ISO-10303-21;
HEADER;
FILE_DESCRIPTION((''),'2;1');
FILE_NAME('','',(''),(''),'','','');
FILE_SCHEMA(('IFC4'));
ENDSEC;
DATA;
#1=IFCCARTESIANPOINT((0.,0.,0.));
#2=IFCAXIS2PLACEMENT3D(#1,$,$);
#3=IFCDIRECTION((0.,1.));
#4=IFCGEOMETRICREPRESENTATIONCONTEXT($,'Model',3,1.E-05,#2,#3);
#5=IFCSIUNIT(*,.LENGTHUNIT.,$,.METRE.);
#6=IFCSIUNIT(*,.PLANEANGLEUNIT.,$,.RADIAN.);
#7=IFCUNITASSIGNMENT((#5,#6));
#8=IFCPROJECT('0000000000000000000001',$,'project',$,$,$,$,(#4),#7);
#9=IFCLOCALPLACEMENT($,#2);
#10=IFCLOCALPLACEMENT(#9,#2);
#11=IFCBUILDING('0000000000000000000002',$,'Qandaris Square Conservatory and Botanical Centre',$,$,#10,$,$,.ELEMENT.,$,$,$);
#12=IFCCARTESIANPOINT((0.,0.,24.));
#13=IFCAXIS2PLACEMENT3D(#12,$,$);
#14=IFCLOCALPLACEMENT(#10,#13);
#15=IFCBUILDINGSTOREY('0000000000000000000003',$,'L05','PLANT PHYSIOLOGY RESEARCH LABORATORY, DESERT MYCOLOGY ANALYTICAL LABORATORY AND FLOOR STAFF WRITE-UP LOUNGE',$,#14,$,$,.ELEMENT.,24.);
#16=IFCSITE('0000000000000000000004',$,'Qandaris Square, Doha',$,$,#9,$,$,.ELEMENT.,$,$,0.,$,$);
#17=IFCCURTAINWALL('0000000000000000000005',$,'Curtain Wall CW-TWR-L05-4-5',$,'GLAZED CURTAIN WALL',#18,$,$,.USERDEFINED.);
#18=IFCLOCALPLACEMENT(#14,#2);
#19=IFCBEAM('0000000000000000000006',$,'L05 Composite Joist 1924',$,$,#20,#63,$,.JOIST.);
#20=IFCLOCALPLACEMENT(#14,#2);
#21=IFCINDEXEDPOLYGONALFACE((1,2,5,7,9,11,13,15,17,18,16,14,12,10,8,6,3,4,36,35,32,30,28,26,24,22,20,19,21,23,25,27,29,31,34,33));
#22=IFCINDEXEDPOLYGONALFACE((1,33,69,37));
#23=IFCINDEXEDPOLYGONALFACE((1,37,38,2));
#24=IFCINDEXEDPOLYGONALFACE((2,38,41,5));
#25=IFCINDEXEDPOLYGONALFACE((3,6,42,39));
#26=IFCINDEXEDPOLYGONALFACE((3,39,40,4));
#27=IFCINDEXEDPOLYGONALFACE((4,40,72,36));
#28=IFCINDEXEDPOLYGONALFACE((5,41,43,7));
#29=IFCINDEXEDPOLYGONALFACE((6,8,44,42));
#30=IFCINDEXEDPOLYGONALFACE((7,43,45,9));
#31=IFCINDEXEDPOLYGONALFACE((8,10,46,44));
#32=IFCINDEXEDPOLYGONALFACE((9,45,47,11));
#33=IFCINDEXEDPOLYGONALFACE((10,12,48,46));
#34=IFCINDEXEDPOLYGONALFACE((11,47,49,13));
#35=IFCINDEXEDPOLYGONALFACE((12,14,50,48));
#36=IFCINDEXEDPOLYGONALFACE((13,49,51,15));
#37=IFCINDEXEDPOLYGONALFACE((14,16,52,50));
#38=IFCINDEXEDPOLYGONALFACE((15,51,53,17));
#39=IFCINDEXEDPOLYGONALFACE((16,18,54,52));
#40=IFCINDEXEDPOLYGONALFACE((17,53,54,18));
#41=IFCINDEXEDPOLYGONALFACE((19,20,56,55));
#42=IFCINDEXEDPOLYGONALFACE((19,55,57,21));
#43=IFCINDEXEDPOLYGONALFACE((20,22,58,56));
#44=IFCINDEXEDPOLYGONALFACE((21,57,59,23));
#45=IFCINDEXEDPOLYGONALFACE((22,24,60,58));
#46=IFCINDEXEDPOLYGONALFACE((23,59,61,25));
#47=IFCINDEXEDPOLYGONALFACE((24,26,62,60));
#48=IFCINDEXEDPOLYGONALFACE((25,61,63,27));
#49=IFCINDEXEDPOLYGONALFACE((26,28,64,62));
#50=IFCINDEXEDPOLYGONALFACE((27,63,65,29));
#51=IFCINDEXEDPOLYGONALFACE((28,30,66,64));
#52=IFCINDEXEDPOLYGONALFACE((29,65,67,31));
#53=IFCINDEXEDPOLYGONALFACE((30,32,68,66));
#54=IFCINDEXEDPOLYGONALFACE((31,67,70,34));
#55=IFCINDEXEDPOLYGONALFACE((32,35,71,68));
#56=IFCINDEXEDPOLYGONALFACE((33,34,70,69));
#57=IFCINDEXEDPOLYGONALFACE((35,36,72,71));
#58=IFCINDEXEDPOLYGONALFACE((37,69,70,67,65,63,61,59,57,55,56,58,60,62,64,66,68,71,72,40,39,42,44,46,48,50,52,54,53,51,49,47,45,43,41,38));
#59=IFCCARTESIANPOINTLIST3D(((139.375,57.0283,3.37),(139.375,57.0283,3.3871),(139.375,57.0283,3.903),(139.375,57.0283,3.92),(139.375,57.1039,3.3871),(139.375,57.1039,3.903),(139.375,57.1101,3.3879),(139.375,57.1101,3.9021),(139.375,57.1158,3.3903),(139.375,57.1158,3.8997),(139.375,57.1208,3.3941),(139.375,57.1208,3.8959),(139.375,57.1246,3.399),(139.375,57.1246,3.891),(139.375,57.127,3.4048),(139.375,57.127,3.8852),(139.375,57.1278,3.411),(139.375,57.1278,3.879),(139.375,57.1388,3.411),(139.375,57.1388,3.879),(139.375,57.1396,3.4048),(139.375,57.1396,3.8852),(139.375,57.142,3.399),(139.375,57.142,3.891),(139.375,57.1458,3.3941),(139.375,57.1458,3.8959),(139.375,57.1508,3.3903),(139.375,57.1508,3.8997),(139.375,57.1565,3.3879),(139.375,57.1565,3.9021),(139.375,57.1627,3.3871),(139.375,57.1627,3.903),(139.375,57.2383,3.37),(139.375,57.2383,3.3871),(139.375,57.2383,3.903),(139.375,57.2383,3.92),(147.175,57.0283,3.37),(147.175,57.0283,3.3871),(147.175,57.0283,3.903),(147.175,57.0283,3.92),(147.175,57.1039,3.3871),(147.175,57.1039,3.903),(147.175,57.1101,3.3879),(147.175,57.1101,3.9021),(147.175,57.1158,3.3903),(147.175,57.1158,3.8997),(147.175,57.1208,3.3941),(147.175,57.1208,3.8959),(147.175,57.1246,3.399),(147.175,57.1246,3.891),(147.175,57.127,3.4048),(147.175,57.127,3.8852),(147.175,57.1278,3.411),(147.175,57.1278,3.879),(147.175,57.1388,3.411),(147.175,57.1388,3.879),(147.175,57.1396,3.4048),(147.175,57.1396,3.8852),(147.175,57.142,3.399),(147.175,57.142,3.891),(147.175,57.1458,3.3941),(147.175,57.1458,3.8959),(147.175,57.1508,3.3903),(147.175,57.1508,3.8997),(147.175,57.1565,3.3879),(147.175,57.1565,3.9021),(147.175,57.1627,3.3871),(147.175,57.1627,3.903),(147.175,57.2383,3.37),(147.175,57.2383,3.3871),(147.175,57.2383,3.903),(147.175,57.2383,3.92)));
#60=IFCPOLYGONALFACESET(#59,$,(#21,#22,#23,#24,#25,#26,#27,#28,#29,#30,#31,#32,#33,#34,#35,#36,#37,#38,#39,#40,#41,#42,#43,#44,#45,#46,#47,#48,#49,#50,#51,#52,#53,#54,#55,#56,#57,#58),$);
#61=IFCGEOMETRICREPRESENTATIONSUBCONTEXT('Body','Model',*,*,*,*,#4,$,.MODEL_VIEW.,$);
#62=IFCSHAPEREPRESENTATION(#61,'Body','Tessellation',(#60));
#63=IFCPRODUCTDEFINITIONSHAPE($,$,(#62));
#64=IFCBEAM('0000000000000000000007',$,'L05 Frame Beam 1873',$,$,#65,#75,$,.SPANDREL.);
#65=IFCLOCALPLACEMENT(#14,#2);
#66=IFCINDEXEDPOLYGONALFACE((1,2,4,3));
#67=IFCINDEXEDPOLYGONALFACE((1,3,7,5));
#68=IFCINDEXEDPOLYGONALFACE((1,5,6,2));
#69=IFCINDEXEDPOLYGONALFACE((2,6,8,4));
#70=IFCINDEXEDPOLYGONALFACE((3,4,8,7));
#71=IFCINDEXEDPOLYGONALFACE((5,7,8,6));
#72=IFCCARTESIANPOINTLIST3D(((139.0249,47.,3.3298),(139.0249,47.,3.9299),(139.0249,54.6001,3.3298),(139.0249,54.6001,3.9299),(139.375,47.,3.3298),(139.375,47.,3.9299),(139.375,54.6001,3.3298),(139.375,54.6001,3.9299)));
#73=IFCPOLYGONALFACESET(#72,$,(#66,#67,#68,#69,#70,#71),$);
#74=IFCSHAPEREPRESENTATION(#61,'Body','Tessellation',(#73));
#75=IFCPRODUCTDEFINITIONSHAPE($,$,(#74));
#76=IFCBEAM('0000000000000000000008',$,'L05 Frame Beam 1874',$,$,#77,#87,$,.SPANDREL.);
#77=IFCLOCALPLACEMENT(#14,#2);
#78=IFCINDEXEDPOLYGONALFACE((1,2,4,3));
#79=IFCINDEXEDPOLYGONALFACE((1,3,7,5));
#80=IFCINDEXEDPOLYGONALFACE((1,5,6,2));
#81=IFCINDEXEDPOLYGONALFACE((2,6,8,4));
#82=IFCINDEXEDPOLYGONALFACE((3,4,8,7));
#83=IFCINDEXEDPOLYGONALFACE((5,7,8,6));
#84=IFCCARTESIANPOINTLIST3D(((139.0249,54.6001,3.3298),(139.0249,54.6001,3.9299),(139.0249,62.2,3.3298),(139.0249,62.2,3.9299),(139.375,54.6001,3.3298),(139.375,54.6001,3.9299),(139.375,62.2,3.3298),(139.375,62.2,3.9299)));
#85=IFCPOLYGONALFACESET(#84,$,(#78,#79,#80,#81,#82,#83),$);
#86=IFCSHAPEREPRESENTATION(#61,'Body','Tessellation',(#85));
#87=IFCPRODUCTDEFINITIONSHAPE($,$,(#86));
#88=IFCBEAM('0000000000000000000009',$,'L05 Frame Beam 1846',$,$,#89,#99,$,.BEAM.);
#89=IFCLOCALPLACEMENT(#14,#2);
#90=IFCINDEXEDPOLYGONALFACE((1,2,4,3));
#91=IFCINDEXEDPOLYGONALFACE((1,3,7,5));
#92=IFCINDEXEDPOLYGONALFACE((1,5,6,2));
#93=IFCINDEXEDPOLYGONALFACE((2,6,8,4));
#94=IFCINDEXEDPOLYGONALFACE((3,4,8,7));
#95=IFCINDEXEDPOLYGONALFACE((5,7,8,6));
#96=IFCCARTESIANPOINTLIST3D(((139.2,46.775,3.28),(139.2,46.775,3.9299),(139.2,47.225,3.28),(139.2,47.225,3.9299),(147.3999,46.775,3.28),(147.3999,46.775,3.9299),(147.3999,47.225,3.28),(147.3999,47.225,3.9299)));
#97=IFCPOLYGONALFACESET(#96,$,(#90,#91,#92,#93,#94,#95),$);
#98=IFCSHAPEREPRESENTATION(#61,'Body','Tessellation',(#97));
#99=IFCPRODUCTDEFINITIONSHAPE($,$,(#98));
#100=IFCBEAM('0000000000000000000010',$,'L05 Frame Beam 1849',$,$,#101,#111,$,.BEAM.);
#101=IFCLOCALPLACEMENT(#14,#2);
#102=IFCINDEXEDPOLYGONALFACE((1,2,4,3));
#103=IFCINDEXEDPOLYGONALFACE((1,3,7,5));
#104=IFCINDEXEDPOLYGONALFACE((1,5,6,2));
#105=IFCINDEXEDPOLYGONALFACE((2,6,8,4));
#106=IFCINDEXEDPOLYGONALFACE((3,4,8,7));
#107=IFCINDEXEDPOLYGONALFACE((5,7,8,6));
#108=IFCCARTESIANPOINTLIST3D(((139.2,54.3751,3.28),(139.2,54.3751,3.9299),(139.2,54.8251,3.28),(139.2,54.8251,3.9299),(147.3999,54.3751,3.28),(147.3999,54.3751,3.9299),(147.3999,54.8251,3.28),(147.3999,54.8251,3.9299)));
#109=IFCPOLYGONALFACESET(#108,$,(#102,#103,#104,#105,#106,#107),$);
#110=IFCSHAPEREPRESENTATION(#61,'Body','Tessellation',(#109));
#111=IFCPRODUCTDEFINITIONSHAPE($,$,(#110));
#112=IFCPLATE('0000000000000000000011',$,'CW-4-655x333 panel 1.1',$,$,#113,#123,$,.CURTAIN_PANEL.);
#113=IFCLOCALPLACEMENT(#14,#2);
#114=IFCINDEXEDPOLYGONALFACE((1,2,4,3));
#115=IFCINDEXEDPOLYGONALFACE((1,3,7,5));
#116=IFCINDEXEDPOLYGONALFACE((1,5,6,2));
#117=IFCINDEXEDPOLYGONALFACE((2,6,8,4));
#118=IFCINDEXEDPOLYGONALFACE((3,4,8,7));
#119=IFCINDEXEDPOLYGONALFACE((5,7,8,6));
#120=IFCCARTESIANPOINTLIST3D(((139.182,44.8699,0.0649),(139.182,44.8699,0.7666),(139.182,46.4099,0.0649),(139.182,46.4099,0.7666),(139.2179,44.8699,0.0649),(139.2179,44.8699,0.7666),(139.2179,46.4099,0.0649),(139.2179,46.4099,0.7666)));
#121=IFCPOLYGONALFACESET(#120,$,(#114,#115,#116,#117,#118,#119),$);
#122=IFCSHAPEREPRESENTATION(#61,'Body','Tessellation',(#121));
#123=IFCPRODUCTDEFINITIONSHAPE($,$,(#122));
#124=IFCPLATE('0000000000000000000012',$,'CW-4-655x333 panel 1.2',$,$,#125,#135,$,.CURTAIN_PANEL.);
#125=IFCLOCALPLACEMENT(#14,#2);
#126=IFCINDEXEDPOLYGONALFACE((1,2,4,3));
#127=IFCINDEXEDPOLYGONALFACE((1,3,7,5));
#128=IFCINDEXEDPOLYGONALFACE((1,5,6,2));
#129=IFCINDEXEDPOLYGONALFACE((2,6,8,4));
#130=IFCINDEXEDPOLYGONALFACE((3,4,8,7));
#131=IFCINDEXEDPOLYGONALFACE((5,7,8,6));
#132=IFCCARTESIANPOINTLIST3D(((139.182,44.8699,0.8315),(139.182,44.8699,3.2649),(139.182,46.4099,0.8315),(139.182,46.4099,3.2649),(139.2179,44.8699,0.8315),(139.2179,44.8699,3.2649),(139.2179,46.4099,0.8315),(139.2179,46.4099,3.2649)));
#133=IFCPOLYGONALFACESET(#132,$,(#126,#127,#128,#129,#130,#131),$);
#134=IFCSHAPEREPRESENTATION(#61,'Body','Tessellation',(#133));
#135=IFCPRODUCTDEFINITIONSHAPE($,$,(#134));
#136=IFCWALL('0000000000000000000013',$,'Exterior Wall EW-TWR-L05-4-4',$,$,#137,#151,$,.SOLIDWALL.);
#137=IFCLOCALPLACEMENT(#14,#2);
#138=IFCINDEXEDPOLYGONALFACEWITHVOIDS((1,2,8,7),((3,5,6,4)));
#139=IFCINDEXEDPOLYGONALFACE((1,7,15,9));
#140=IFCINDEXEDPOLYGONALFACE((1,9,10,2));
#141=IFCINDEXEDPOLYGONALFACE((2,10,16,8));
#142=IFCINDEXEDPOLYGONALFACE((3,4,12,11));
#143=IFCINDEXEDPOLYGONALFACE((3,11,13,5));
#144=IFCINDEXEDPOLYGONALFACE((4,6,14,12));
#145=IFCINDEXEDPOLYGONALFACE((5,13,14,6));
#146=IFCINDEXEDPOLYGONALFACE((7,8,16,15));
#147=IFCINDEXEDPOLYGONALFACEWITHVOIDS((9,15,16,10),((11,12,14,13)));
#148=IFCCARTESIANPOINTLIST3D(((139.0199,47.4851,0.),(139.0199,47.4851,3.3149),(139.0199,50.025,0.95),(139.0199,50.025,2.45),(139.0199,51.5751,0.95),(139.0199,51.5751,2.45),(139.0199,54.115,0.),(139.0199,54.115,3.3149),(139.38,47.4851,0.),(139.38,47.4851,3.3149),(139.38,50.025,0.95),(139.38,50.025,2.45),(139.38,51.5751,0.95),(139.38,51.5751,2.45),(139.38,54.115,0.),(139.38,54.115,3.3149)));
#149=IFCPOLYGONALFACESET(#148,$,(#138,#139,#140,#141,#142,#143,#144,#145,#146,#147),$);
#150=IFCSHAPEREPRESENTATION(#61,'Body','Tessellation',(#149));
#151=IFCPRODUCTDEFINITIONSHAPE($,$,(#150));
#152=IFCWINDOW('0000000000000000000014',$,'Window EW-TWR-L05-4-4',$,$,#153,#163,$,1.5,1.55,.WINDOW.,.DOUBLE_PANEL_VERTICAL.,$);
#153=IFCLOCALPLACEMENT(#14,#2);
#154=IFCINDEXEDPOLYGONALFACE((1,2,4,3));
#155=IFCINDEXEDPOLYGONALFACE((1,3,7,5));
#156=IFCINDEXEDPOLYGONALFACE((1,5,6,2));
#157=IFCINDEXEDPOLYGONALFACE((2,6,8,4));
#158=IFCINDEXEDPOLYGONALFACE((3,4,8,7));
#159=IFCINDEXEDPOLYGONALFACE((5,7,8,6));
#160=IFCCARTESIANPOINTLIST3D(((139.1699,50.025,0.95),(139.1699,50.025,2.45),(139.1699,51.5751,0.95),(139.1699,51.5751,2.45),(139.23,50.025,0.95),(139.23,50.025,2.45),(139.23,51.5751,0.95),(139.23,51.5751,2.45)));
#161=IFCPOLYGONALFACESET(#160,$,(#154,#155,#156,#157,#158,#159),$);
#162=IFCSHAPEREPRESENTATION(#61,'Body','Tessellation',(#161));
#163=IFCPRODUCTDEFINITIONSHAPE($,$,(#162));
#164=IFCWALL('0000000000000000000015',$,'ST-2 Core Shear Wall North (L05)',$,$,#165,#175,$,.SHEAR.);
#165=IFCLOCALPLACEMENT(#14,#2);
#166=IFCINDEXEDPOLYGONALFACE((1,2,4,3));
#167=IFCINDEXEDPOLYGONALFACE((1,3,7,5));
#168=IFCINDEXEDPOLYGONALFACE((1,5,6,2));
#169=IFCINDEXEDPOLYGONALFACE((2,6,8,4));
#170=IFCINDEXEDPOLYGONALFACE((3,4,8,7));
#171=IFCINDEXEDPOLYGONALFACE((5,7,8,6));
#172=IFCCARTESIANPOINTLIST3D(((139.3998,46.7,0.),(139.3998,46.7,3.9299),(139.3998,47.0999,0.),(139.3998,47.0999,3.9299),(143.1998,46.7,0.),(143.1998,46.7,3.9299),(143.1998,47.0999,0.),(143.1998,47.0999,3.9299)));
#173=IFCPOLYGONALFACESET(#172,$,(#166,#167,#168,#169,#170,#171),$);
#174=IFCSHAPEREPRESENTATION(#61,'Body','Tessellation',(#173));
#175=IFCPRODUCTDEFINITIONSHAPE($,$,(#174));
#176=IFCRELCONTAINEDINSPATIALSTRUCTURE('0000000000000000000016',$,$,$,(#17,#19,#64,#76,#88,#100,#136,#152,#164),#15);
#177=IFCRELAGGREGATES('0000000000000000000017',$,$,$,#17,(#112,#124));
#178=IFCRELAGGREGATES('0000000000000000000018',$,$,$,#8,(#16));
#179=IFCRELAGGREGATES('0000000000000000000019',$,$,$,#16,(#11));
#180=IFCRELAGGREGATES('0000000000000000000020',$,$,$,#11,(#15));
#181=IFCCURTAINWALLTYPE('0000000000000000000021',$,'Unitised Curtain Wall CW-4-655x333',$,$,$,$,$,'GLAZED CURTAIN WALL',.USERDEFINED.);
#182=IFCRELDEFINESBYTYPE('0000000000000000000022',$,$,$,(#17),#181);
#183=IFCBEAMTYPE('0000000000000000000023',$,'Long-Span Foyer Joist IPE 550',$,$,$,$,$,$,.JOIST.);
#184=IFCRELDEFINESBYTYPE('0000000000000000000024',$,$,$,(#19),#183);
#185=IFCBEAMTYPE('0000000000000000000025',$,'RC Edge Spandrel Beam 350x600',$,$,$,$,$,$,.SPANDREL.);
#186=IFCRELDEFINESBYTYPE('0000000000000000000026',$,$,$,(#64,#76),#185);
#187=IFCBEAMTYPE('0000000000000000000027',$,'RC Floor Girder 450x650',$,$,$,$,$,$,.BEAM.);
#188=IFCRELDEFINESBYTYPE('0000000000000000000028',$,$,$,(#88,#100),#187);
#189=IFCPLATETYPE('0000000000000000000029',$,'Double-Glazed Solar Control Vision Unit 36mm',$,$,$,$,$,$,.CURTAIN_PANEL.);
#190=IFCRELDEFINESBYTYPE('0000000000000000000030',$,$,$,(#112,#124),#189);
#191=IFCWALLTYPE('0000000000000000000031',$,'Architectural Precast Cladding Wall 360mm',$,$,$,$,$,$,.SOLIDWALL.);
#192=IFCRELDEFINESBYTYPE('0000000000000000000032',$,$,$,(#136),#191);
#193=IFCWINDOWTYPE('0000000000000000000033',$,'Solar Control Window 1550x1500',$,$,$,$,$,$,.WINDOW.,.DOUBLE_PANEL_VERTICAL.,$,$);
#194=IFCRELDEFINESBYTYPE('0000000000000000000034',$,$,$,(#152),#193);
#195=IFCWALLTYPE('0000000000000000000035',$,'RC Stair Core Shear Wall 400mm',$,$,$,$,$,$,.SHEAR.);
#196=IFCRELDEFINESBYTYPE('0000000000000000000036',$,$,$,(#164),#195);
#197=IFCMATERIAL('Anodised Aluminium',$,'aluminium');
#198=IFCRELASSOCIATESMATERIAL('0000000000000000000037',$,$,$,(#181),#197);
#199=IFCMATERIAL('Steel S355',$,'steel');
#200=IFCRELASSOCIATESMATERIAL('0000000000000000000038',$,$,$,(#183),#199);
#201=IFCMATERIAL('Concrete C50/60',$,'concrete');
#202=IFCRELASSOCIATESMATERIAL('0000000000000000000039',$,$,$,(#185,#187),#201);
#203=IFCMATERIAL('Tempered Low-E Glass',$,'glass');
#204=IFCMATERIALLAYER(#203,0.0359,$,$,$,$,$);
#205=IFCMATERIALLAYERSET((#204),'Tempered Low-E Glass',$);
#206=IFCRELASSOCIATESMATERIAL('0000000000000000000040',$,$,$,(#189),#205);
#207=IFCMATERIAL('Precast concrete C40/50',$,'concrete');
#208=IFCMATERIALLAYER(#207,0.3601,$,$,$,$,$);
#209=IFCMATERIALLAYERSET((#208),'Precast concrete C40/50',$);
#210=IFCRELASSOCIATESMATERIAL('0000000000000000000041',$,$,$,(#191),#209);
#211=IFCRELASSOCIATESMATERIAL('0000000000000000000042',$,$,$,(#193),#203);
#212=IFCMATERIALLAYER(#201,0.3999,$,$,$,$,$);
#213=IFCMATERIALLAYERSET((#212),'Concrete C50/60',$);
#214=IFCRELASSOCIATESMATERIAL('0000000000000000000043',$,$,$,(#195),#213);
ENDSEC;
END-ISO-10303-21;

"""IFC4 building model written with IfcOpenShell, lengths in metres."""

from ifc_helpers import new_model, si_unit, direction, frame, frame_2d, origin, origin_2d, place, context, subcontext, project, spatial, rectangle, i_section, extrude, material, layer, layer_set, material_profile, profile_set, type_object, element, fill, aggregate, save


model = new_model("IFC4")

# Units and contexts
model_context = context("Model", 3, precision=1e-05, world=origin(), true_north=direction((0.0, 1.0)))
body_context = subcontext(model_context, "Body", "Model", "MODEL_VIEW")
ifc_project = project(units=[si_unit("LENGTHUNIT", "METRE"), si_unit("PLANEANGLEUNIT", "RADIAN")], contexts=[model_context])

# Site, building, storey
site_placement = place(None, origin())
site = spatial("IfcSite", under=ifc_project, at=site_placement, Name="Qandaris Square, Doha", CompositionType="ELEMENT", RefElevation=0.0)
building_placement = place(site_placement, origin())
building = spatial("IfcBuilding", under=site, at=building_placement, Name="Qandaris Square Conservatory and Botanical Centre", CompositionType="ELEMENT")
storey_placement = place(building_placement, frame((0.0, 0.0, 24.0)))
storey = spatial("IfcBuildingStorey", under=building, at=storey_placement, Name="L05", Description="PLANT PHYSIOLOGY RESEARCH LABORATORY, DESERT MYCOLOGY ANALYTICAL LABORATORY AND FLOOR STAFF WRITE-UP LOUNGE", CompositionType="ELEMENT", Elevation=24.0)

# Shared definitions
ifc_material_1 = material(Name="Concrete C50/60", Category="concrete")

# Shared definitions
ifc_material_2 = material(Name="Steel S355", Category="steel")

# Curtain wall
ifc_material_3 = material(Name="Anodised Aluminium", Category="aluminium")
curtain_wall_type = type_object("IfcCurtainWallType", Name="Unitised Curtain Wall CW-4-655x333", ElementType="GLAZED CURTAIN WALL", PredefinedType="USERDEFINED", material=ifc_material_3)
curtain_wall_placement = place(storey_placement, origin())
curtain_wall = element("IfcCurtainWall", 1, at=curtain_wall_placement, inside=storey, type_object=curtain_wall_type, Name="Curtain Wall CW-TWR-L05-4-5", ObjectType="GLAZED CURTAIN WALL", PredefinedType="USERDEFINED")

# Beams
ifc_material_profile_1 = material_profile(ifc_material_2, i_section(OverallWidth=0.21, OverallDepth=0.55, WebThickness=0.011, FlangeThickness=0.0171, FilletRadius=0.0239, at=origin_2d()), Name="IPE 550")
ifc_profile_set_1 = profile_set([ifc_material_profile_1], Name="Steel S355")
beam_type_1 = type_object("IfcBeamType", Name="Long-Span Foyer Joist IPE 550", PredefinedType="JOIST", material=ifc_profile_set_1)
for number, where, z_axis, x_axis, name in (
    (2, (139.375, 57.1333, 3.645), (1.0, 0.0, 0.0), (0.0, 1.0, 0.0), "L05 Composite Joist 1924"),
):
    element("IfcBeam", number, at=place(storey_placement, frame(where, z_axis=z_axis, x_axis=x_axis)), inside=storey, type_object=beam_type_1, Name=name, PredefinedType="JOIST", context=body_context, shape_type="SweptSolid", body=[
        extrude(i_section(OverallWidth=0.21, OverallDepth=0.55, WebThickness=0.011, FlangeThickness=0.0171, FilletRadius=0.0239, at=origin_2d()), origin(), (0.0, 0.0, 1.0), 7.8),
    ])
ifc_material_profile_2 = material_profile(ifc_material_1, rectangle(XDim=0.3501, YDim=0.6001, at=origin_2d()), Name="RC-SP 350x600")
ifc_profile_set_2 = profile_set([ifc_material_profile_2], Name="Concrete C50/60")
beam_type_2 = type_object("IfcBeamType", Name="RC Edge Spandrel Beam 350x600", PredefinedType="SPANDREL", material=ifc_profile_set_2)
beam_1_placement = place(storey_placement, frame((139.2, 47.0, 3.6299), z_axis=(0.0, 1.0, 0.0), x_axis=(-1.0, 0.0, 0.0)))
element("IfcBeam", 3, at=beam_1_placement, inside=storey, type_object=beam_type_2, Name="L05 Frame Beam 1873", PredefinedType="SPANDREL", context=body_context, shape_type="SweptSolid", body=[
    extrude(rectangle(XDim=0.3501, YDim=0.6001, at=origin_2d()), origin(), (0.0, 0.0, 1.0), 7.6001),
])
beam_2_placement = place(storey_placement, frame((139.2, 54.6001, 3.6299), z_axis=(0.0, 1.0, 0.0), x_axis=(-1.0, 0.0, 0.0)))
element("IfcBeam", 4, at=beam_2_placement, inside=storey, type_object=beam_type_2, Name="L05 Frame Beam 1874", PredefinedType="SPANDREL", context=body_context, shape_type="SweptSolid", body=[
    extrude(rectangle(XDim=0.3501, YDim=0.6001, at=origin_2d()), origin(), (0.0, 0.0, 1.0), 7.5999),
])
ifc_material_profile_3 = material_profile(ifc_material_1, rectangle(XDim=0.45, YDim=0.6499, at=origin_2d()), Name="RC-BM 450x650")
ifc_profile_set_3 = profile_set([ifc_material_profile_3], Name="Concrete C50/60")
beam_type_3 = type_object("IfcBeamType", Name="RC Floor Girder 450x650", PredefinedType="BEAM", material=ifc_profile_set_3)
for number, where, z_axis, x_axis, name in (
    (5, (139.2, 47.0, 3.605), (1.0, 0.0, 0.0), (0.0, 1.0, 0.0), "L05 Frame Beam 1846"),
    (6, (139.2, 54.6001, 3.605), (1.0, 0.0, 0.0), (0.0, 1.0, 0.0), "L05 Frame Beam 1849"),
):
    element("IfcBeam", number, at=place(storey_placement, frame(where, z_axis=z_axis, x_axis=x_axis)), inside=storey, type_object=beam_type_3, Name=name, PredefinedType="BEAM", context=body_context, shape_type="SweptSolid", body=[
        extrude(rectangle(XDim=0.45, YDim=0.6499, at=origin_2d()), origin(), (0.0, 0.0, 1.0), 8.2),
    ])

# Plates
ifc_material_4 = material(Name="Tempered Low-E Glass", Category="glass")
ifc_layer_1 = layer(ifc_material_4, 0.0359)
ifc_layer_set_1 = layer_set([ifc_layer_1], Name="Tempered Low-E Glass")
plate_type = type_object("IfcPlateType", Name="Double-Glazed Solar Control Vision Unit 36mm", PredefinedType="CURTAIN_PANEL", material=ifc_layer_set_1)
plate_1_placement = place(storey_placement, frame((139.2, 45.6399, 0.0649), z_axis=(0.0, 0.0, 1.0), x_axis=(0.0, -1.0, 0.0)))
plate_1 = element("IfcPlate", 7, at=plate_1_placement, type_object=plate_type, Name="CW-4-655x333 panel 1.1", PredefinedType="CURTAIN_PANEL", context=body_context, shape_type="SweptSolid", body=[
    extrude(rectangle(XDim=1.54, YDim=0.0359, at=origin_2d()), origin(), (0.0, 0.0, 1.0), 0.7017),
])
plate_2_placement = place(storey_placement, frame((139.2, 45.6399, 0.8315), z_axis=(0.0, 0.0, 1.0), x_axis=(0.0, -1.0, 0.0)))
plate_2 = element("IfcPlate", 8, at=plate_2_placement, type_object=plate_type, Name="CW-4-655x333 panel 1.2", PredefinedType="CURTAIN_PANEL", context=body_context, shape_type="SweptSolid", body=[
    extrude(rectangle(XDim=1.54, YDim=0.0359, at=origin_2d()), origin(), (0.0, 0.0, 1.0), 2.4333),
])
aggregate(curtain_wall, [plate_1, plate_2])

# Wall, opening, window
ifc_material_5 = material(Name="Precast concrete C40/50", Category="concrete")
ifc_layer_2 = layer(ifc_material_5, 0.3601)
ifc_layer_set_2 = layer_set([ifc_layer_2], Name="Precast concrete C40/50")
wall_type_1 = type_object("IfcWallType", Name="Architectural Precast Cladding Wall 360mm", PredefinedType="SOLIDWALL", material=ifc_layer_set_2)
wall_1_placement = place(storey_placement, frame((139.2, 54.115, 0.0), z_axis=(0.0, 0.0, 1.0), x_axis=(0.0, -1.0, 0.0)))
wall_1 = element("IfcWall", 9, at=wall_1_placement, inside=storey, type_object=wall_type_1, Name="Exterior Wall EW-TWR-L05-4-4", PredefinedType="SOLIDWALL", context=body_context, shape_type="SweptSolid", body=[
    extrude(rectangle(XDim=6.6299, YDim=0.3601, at=frame_2d((3.3149, 0.0))), origin(), (0.0, 0.0, 1.0), 3.3149),
])
opening_placement = place(wall_1_placement, frame((2.54, 0.0, 0.95)))
opening = element("IfcOpeningElement", 10, at=opening_placement, cuts=wall_1, PredefinedType="OPENING", context=body_context, shape_type="SweptSolid", body=[
    extrude(rectangle(XDim=1.55, YDim=1.5, at=frame_2d((0.7749, 0.75))), frame((0.0, 0.1919, 0.0), z_axis=(0.0, -1.0, 0.0), x_axis=(1.0, 0.0, 0.0)), (0.0, 0.0, 1.0), 0.384),
])
window_type = type_object("IfcWindowType", Name="Solar Control Window 1550x1500", PartitioningType="DOUBLE_PANEL_VERTICAL", PredefinedType="WINDOW", material=ifc_material_4)
window_placement = place(opening_placement, origin())
window = element("IfcWindow", 11, at=window_placement, inside=storey, type_object=window_type, Name="Window EW-TWR-L05-4-4", OverallHeight=1.5, OverallWidth=1.55, PartitioningType="DOUBLE_PANEL_VERTICAL", PredefinedType="WINDOW", context=body_context, shape_type="SweptSolid", body=[
    extrude(rectangle(XDim=1.55, YDim=1.5, at=frame_2d((0.7749, 0.75))), frame((0.0, 0.03, 0.0), z_axis=(0.0, -1.0, 0.0), x_axis=(1.0, 0.0, 0.0)), (0.0, 0.0, 1.0), 0.0601),
])
fill(opening, window)

# Wall
ifc_layer_3 = layer(ifc_material_1, 0.3999)
ifc_layer_set_3 = layer_set([ifc_layer_3], Name="Concrete C50/60")
wall_type_2 = type_object("IfcWallType", Name="RC Stair Core Shear Wall 400mm", PredefinedType="SHEAR", material=ifc_layer_set_3)
wall_2_placement = place(storey_placement, frame((139.3999, 46.8999, 0.0), z_axis=(0.0, 0.0, 1.0), x_axis=(1.0, 0.0, 0.0)))
element("IfcWall", 12, at=wall_2_placement, inside=storey, type_object=wall_type_2, Name="ST-2 Core Shear Wall North (L05)", PredefinedType="SHEAR", context=body_context, shape_type="SweptSolid", body=[
    extrude(rectangle(XDim=3.8, YDim=0.3999, at=frame_2d((1.8999, 0.0))), origin(), (0.0, 0.0, 1.0), 3.9299),
])

save(model, "model.ifc")
